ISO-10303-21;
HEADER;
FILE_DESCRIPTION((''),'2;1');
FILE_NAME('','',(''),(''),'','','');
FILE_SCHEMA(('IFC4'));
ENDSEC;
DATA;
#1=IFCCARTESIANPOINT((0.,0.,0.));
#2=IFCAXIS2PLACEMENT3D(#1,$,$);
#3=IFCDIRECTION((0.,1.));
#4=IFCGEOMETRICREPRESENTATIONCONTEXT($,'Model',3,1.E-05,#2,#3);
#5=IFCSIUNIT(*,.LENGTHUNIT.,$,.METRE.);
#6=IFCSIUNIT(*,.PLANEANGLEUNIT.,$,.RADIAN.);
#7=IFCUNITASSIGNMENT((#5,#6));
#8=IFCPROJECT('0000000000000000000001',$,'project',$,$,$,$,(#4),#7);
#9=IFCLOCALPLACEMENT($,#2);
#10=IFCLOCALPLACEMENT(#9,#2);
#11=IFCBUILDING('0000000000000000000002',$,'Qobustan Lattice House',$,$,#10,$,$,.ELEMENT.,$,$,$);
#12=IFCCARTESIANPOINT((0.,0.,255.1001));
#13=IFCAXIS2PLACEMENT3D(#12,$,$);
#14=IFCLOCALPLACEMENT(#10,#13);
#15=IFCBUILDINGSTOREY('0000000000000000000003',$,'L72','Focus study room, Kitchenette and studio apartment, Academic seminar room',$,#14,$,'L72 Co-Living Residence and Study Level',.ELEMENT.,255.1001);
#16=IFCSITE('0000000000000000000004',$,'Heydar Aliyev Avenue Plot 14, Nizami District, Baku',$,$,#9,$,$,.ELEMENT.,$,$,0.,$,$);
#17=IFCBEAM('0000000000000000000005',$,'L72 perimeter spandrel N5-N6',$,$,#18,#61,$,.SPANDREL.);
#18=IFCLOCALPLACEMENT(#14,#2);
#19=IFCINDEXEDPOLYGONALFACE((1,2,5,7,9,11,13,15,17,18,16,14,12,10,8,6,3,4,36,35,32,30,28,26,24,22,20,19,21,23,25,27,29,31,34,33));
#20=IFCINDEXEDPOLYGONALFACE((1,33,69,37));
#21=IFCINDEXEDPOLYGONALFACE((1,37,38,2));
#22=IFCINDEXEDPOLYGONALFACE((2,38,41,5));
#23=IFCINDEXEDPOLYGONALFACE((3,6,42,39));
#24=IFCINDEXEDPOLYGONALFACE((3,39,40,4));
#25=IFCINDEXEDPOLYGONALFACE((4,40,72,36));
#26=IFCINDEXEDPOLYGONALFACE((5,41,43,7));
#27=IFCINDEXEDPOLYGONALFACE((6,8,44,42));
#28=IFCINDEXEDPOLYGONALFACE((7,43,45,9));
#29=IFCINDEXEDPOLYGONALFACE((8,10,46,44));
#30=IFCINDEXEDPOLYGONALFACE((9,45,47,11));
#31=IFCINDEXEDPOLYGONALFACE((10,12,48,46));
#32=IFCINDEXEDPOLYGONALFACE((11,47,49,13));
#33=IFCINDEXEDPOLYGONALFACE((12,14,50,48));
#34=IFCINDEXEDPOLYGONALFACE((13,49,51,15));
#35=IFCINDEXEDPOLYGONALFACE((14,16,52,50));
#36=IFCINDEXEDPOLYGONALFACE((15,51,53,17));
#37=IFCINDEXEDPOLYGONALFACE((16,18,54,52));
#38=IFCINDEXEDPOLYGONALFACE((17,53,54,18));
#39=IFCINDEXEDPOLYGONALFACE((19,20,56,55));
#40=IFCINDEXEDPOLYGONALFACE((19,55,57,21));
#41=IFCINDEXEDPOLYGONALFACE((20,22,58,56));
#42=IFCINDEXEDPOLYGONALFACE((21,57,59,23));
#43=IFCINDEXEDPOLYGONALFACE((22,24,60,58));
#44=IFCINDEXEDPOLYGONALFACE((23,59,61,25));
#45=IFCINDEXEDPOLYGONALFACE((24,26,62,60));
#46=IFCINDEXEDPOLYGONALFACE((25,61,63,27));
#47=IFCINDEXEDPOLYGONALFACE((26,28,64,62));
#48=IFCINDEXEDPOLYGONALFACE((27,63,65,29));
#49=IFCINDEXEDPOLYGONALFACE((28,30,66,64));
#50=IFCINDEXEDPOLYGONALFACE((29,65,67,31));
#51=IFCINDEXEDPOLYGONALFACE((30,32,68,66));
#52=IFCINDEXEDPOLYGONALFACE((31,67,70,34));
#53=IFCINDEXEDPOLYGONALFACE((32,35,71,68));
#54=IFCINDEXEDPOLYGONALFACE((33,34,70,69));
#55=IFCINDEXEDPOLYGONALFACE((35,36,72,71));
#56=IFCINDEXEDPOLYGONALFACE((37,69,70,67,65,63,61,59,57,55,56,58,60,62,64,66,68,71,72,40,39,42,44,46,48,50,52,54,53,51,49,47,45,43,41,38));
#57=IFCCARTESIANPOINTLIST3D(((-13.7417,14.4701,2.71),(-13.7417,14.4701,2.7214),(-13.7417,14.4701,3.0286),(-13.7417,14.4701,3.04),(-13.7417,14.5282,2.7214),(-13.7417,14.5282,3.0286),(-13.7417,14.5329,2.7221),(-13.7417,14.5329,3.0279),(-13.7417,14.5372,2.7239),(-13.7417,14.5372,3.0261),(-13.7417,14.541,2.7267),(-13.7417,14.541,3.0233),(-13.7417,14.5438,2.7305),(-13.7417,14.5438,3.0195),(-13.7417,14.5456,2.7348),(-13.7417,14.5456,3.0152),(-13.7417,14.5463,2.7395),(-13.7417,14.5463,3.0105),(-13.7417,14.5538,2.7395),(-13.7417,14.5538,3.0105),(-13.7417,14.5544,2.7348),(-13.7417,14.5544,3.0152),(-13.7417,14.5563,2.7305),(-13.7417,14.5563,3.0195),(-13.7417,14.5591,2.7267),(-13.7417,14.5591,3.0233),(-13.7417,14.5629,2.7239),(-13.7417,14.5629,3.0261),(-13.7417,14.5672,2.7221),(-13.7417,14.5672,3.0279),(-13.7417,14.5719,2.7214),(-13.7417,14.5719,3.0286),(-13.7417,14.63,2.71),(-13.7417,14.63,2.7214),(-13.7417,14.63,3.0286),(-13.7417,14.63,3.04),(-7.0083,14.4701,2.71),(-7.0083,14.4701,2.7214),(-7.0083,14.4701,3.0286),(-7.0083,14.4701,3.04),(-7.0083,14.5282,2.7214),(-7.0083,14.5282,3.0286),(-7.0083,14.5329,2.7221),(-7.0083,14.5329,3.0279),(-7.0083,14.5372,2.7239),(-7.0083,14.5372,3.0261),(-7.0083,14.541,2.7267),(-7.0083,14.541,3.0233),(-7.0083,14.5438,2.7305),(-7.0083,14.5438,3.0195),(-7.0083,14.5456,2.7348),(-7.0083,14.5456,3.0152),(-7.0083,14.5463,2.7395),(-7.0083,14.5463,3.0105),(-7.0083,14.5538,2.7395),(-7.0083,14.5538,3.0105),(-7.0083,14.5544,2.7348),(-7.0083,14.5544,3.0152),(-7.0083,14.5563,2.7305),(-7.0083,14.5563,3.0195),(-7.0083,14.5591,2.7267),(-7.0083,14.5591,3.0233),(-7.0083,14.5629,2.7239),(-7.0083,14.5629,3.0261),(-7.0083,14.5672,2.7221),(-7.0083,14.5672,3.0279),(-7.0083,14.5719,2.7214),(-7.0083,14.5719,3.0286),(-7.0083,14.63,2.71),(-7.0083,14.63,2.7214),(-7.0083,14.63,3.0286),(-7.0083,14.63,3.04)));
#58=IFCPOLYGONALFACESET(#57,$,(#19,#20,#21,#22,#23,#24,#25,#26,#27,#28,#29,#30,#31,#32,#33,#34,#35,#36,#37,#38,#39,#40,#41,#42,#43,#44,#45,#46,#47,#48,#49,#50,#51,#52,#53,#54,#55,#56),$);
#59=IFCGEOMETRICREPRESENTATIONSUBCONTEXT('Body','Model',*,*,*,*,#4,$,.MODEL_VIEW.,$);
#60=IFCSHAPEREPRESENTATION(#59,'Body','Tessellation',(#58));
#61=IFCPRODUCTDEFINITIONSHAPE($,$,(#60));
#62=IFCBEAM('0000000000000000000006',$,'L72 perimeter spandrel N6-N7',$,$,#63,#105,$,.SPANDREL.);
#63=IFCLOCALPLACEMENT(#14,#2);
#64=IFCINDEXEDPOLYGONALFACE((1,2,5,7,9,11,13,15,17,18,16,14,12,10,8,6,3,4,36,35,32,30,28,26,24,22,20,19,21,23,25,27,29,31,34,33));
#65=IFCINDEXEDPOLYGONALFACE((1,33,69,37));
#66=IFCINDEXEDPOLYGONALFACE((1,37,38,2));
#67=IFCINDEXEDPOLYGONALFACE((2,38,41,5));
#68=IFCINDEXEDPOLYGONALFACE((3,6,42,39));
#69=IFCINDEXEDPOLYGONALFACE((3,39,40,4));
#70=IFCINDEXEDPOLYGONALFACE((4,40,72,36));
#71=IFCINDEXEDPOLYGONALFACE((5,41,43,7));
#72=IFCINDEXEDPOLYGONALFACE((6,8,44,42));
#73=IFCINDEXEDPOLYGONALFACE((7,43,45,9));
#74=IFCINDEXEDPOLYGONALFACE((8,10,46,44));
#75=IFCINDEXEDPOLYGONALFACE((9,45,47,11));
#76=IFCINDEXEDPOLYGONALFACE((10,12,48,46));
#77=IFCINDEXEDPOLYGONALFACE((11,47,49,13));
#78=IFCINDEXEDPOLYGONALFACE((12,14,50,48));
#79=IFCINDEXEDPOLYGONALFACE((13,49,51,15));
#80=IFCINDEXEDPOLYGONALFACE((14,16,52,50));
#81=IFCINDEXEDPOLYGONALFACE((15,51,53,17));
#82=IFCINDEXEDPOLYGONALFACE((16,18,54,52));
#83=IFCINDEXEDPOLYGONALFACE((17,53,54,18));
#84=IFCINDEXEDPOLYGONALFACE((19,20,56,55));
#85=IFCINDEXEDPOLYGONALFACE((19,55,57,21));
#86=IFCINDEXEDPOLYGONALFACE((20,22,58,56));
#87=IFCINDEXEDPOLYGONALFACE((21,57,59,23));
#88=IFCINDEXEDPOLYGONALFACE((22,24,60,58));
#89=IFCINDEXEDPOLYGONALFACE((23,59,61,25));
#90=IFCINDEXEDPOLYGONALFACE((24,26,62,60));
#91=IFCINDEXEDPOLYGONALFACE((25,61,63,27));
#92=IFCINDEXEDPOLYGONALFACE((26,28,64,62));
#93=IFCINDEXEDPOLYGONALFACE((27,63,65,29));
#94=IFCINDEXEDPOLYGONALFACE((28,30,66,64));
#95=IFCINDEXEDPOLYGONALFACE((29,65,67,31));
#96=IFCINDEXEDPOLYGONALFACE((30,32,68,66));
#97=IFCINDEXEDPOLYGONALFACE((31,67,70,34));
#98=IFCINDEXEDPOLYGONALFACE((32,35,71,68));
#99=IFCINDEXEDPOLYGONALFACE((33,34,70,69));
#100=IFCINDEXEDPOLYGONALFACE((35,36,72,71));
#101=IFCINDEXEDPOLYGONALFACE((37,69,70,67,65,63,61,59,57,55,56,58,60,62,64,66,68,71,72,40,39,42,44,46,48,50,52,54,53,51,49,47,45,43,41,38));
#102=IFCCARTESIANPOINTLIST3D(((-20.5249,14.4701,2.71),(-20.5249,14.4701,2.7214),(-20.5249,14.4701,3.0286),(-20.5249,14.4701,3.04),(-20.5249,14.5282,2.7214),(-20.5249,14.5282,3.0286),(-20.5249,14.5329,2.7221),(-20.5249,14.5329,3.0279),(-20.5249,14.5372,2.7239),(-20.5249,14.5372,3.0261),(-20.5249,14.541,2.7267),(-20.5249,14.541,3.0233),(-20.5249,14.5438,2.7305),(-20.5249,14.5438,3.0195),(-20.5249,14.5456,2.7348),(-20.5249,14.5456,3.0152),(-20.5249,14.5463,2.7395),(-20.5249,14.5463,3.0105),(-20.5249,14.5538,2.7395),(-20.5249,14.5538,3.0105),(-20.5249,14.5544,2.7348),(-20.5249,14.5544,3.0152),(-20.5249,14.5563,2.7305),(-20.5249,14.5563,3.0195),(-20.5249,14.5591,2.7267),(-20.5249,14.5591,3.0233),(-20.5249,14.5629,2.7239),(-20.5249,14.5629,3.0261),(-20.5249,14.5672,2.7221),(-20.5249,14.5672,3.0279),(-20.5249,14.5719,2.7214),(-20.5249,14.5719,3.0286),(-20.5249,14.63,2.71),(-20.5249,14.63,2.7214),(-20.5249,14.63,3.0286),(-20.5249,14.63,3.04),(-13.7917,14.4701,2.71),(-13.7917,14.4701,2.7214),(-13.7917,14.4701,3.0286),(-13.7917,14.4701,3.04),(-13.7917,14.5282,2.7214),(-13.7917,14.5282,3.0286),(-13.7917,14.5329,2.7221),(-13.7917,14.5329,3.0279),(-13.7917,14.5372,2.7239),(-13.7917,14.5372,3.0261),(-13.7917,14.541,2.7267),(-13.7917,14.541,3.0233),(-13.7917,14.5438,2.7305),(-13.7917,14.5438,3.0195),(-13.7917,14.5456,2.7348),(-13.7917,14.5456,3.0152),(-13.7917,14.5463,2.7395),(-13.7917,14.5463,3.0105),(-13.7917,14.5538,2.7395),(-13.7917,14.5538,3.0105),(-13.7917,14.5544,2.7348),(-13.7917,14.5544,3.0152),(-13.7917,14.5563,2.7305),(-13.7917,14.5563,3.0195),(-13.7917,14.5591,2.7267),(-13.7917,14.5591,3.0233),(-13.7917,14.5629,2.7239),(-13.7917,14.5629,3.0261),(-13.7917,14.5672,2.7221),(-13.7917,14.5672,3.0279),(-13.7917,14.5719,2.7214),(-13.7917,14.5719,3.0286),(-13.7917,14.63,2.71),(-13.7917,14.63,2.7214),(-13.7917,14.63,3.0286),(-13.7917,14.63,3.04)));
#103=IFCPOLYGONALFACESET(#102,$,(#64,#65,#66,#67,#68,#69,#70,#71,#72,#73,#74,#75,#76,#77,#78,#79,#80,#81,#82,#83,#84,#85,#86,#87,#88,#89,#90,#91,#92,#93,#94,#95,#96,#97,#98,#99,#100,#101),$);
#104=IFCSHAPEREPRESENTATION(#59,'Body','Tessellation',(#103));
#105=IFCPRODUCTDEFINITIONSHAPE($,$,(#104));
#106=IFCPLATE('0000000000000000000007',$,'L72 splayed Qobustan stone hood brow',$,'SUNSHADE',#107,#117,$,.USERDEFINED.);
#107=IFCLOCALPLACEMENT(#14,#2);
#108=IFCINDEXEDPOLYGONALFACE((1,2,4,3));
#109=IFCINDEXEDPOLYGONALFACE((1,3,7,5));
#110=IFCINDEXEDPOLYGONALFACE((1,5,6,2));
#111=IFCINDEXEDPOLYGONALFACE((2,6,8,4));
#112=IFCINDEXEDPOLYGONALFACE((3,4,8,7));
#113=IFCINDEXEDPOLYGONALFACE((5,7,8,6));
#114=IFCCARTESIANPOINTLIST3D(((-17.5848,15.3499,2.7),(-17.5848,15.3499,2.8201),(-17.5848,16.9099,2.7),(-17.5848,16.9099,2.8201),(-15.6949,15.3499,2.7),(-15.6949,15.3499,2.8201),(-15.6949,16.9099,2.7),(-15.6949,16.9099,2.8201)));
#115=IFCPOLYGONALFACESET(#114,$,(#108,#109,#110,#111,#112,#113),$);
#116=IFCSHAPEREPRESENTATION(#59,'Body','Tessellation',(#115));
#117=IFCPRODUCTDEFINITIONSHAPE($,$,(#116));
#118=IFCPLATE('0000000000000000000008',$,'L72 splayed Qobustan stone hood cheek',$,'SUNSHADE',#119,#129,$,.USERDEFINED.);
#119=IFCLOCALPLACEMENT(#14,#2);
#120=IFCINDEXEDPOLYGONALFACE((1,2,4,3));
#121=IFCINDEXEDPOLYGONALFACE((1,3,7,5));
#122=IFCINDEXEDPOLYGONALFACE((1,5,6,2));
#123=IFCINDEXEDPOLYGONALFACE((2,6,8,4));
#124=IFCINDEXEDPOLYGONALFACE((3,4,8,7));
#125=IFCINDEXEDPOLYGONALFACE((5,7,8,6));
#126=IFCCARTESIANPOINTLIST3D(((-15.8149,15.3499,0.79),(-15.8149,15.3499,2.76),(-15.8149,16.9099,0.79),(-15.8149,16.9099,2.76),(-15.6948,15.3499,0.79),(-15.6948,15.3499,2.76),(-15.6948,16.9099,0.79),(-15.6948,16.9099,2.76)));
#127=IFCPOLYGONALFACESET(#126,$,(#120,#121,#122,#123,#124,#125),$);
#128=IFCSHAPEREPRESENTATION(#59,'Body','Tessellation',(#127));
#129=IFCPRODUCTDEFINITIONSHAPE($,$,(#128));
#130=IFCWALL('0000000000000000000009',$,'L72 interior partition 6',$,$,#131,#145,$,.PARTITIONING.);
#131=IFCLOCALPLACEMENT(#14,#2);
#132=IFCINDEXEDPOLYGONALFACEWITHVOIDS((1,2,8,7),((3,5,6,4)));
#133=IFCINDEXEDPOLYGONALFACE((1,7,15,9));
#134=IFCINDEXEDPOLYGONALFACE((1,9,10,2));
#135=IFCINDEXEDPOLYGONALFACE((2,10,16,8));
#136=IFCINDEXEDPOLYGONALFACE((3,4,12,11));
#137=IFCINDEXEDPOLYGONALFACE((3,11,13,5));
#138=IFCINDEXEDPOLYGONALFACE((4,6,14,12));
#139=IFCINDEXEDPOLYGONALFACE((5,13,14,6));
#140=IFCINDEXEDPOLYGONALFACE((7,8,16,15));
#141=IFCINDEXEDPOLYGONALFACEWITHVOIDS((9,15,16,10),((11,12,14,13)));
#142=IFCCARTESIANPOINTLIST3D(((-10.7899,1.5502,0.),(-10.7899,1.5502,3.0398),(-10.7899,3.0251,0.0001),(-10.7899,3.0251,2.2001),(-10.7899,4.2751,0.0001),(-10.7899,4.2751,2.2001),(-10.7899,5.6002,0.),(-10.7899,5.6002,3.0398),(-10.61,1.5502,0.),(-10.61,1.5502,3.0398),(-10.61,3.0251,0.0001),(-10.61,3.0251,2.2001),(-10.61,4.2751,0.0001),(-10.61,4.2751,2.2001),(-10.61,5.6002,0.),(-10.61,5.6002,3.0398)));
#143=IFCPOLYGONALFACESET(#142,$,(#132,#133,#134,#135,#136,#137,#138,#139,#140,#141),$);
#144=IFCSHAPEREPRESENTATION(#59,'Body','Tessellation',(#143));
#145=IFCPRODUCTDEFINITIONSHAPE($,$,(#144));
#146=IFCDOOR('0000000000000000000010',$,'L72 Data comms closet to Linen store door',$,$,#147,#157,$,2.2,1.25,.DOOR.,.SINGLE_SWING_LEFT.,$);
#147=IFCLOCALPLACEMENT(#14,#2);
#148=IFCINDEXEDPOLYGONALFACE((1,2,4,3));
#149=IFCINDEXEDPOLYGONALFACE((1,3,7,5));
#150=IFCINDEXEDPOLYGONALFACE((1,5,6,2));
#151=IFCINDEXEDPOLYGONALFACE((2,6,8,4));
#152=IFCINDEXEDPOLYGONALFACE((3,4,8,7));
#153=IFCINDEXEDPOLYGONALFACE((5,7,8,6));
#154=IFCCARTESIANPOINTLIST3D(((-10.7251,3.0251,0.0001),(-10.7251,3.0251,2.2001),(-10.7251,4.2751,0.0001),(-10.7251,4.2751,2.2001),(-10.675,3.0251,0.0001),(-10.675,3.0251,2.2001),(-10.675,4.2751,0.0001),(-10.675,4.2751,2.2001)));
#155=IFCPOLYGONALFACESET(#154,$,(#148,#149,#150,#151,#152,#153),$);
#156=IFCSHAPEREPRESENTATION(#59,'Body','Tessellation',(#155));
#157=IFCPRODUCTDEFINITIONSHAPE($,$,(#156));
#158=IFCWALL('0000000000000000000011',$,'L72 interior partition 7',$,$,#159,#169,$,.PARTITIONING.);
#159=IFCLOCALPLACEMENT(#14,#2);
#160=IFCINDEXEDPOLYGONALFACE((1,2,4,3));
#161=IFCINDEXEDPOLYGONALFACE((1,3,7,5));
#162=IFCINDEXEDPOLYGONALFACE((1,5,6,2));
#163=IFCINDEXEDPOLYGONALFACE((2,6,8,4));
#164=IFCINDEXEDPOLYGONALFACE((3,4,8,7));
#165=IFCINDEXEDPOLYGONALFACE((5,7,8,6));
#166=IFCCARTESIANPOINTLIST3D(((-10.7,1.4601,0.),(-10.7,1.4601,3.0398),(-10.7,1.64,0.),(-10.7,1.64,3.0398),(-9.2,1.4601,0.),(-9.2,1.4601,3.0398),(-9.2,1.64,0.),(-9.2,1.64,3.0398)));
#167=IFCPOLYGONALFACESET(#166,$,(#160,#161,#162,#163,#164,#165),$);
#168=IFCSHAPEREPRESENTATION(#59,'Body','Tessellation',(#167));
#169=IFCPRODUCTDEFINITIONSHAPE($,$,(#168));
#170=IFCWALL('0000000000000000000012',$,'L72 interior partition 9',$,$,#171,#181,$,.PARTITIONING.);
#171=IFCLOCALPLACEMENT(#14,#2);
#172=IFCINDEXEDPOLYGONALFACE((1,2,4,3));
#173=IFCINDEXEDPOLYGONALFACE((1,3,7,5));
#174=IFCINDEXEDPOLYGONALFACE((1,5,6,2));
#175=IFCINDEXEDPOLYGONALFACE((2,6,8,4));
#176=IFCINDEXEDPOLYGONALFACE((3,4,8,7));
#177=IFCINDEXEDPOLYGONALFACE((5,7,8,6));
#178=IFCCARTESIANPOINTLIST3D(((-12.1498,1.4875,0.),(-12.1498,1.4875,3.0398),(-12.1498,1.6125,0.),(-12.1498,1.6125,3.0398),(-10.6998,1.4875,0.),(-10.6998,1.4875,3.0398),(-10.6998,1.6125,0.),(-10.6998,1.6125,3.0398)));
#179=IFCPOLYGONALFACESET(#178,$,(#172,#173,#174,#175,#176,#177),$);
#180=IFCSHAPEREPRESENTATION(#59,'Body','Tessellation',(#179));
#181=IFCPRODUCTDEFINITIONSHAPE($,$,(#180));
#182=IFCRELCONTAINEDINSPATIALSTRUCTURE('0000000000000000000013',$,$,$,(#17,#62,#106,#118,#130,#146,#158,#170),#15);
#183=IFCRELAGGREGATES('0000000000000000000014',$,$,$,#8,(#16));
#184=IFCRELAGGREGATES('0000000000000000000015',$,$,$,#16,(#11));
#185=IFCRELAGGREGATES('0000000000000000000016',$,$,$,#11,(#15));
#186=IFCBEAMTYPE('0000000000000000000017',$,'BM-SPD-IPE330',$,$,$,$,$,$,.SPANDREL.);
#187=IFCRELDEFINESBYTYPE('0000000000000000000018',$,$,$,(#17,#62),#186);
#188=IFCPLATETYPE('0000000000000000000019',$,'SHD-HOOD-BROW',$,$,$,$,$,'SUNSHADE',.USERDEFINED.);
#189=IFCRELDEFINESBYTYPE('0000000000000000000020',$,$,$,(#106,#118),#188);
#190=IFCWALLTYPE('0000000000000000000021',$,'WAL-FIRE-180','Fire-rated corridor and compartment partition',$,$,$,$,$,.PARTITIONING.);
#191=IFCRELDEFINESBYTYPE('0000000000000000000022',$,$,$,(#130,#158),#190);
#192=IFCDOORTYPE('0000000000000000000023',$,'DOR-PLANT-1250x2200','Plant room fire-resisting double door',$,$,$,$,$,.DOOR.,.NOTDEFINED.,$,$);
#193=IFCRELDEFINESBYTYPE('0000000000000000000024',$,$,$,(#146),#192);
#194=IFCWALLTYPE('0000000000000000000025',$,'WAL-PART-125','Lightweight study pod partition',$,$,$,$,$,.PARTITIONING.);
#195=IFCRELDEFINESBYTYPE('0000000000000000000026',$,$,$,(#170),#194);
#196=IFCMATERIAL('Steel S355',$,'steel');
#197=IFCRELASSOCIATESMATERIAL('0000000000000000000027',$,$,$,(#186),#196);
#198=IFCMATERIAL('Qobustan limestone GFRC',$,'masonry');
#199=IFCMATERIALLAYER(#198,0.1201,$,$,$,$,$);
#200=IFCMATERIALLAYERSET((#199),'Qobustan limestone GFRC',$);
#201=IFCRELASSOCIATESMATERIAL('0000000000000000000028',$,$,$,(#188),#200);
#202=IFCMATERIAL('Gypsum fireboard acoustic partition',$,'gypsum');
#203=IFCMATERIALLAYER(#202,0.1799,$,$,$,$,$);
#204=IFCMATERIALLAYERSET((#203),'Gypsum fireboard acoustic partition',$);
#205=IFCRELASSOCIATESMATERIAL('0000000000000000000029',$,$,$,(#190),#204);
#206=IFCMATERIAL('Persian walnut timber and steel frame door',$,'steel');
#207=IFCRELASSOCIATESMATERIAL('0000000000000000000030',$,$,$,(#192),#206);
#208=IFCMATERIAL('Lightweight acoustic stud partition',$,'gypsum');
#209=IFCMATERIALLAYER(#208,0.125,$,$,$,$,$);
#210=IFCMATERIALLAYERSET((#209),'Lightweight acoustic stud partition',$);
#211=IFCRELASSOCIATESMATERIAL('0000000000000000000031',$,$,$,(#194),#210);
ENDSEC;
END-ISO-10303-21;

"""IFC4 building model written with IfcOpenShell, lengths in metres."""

from ifc_helpers import new_model, si_unit, direction, frame, frame_2d, origin, origin_2d, place, context, subcontext, project, spatial, rectangle, i_section, extrude, material, layer, layer_set, material_profile, profile_set, type_object, element, fill, save


model = new_model("IFC4")

# Units and contexts
model_context = context("Model", 3, precision=1e-05, world=origin(), true_north=direction((0.0, 1.0)))
body_context = subcontext(model_context, "Body", "Model", "MODEL_VIEW")
ifc_project = project(units=[si_unit("LENGTHUNIT", "METRE"), si_unit("PLANEANGLEUNIT", "RADIAN")], contexts=[model_context])

# Site, building, storey
site_placement = place(None, origin())
site = spatial("IfcSite", under=ifc_project, at=site_placement, Name="Heydar Aliyev Avenue Plot 14, Nizami District, Baku", CompositionType="ELEMENT", RefElevation=0.0)
building_placement = place(site_placement, origin())
building = spatial("IfcBuilding", under=site, at=building_placement, Name="Qobustan Lattice House", CompositionType="ELEMENT")
storey_placement = place(building_placement, frame((0.0, 0.0, 255.1001)))
storey = spatial("IfcBuildingStorey", under=building, at=storey_placement, Name="L72", Description="Focus study room, Kitchenette and studio apartment, Academic seminar room", LongName="L72 Co-Living Residence and Study Level", CompositionType="ELEMENT", Elevation=255.1001)

# Beams
ifc_material_1 = material(Name="Steel S355", Category="steel")
ifc_material_profile_1 = material_profile(ifc_material_1, i_section(OverallWidth=0.1599, OverallDepth=0.3301, WebThickness=0.0076, FlangeThickness=0.0115, FilletRadius=0.0181, at=origin_2d()), Name="IPE330")
ifc_profile_set_1 = profile_set([ifc_material_profile_1], Name="Steel S355")
beam_type_1 = type_object("IfcBeamType", Name="BM-SPD-IPE330", PredefinedType="SPANDREL", material=ifc_profile_set_1)
beam_1_placement = place(storey_placement, frame((-7.0083, 14.55, 2.875), z_axis=(-1.0, 0.0, 0.0), x_axis=(0.0, -1.0, 0.0)))
element("IfcBeam", 1, at=beam_1_placement, inside=storey, type_object=beam_type_1, Name="L72 perimeter spandrel N5-N6", PredefinedType="SPANDREL", context=body_context, shape_type="SweptSolid", body=[
    extrude(i_section(OverallWidth=0.1599, OverallDepth=0.3301, WebThickness=0.0076, FlangeThickness=0.0115, FilletRadius=0.0181, at=origin_2d()), origin(), (0.0, 0.0, 1.0), 6.7334),
])
beam_2_placement = place(storey_placement, frame((-13.7917, 14.55, 2.875), z_axis=(-1.0, 0.0, 0.0), x_axis=(0.0, -1.0, 0.0)))
element("IfcBeam", 2, at=beam_2_placement, inside=storey, type_object=beam_type_1, Name="L72 perimeter spandrel N6-N7", PredefinedType="SPANDREL", context=body_context, shape_type="SweptSolid", body=[
    extrude(i_section(OverallWidth=0.1599, OverallDepth=0.3301, WebThickness=0.0076, FlangeThickness=0.0115, FilletRadius=0.0181, at=origin_2d()), origin(), (0.0, 0.0, 1.0), 6.7332),
])

# Plates
ifc_material_2 = material(Name="Qobustan limestone GFRC", Category="masonry")
ifc_layer_1 = layer(ifc_material_2, 0.1201)
ifc_layer_set_1 = layer_set([ifc_layer_1], Name="Qobustan limestone GFRC")
plate_type = type_object("IfcPlateType", Name="SHD-HOOD-BROW", ElementType="SUNSHADE", PredefinedType="USERDEFINED", material=ifc_layer_set_1)
plate_1_placement = place(storey_placement, frame((-16.6399, 16.1299, 2.7), z_axis=(0.0, 0.0, 1.0), x_axis=(1.0, 0.0, 0.0)))
element("IfcPlate", 3, at=plate_1_placement, inside=storey, type_object=plate_type, Name="L72 splayed Qobustan stone hood brow", ObjectType="SUNSHADE", PredefinedType="USERDEFINED", context=body_context, shape_type="SweptSolid", body=[
    extrude(rectangle(XDim=1.8899, YDim=1.5601, at=origin_2d()), origin(), (0.0, 0.0, 1.0), 0.1201),
])
plate_2_placement = place(storey_placement, frame((-15.7549, 16.1299, 0.79), z_axis=(0.0, 0.0, 1.0), x_axis=(1.0, 0.0, 0.0)))
element("IfcPlate", 4, at=plate_2_placement, inside=storey, type_object=plate_type, Name="L72 splayed Qobustan stone hood cheek", ObjectType="SUNSHADE", PredefinedType="USERDEFINED", context=body_context, shape_type="SweptSolid", body=[
    extrude(rectangle(XDim=0.1201, YDim=1.5601, at=origin_2d()), origin(), (0.0, 0.0, 1.0), 1.97),
])

# Wall, opening, door
ifc_material_3 = material(Name="Gypsum fireboard acoustic partition", Category="gypsum")
ifc_layer_2 = layer(ifc_material_3, 0.1799)
ifc_layer_set_2 = layer_set([ifc_layer_2], Name="Gypsum fireboard acoustic partition")
wall_type_1 = type_object("IfcWallType", Name="WAL-FIRE-180", Description="Fire-rated corridor and compartment partition", PredefinedType="PARTITIONING", material=ifc_layer_set_2)
wall_1_placement = place(storey_placement, frame((-10.7, 5.6001, 0.0), z_axis=(0.0, 0.0, 1.0), x_axis=(0.0, -1.0, 0.0)))
wall_1 = element("IfcWall", 5, at=wall_1_placement, inside=storey, type_object=wall_type_1, Name="L72 interior partition 6", PredefinedType="PARTITIONING", context=body_context, shape_type="SweptSolid", body=[
    extrude(rectangle(XDim=4.05, YDim=0.1799, at=frame_2d((2.0249, 0.0))), origin(), (0.0, 0.0, 1.0), 3.0398),
])
opening_1_placement = place(wall_1_placement, frame((1.325, 0.0, 0.0)))
opening_1 = element("IfcOpeningElement", 6, at=opening_1_placement, cuts=wall_1, PredefinedType="OPENING", context=body_context, shape_type="SweptSolid", body=[
    extrude(rectangle(XDim=1.25, YDim=2.2, at=frame_2d((0.625, 1.1001))), frame((0.0, 0.0999, 0.0), z_axis=(0.0, -1.0, 0.0), x_axis=(1.0, 0.0, 0.0)), (0.0, 0.0, 1.0), 0.2),
])
ifc_material_4 = material(Name="Persian walnut timber and steel frame door", Category="steel")
door_type_1 = type_object("IfcDoorType", Name="DOR-PLANT-1250x2200", Description="Plant room fire-resisting double door", OperationType="NOTDEFINED", PredefinedType="DOOR", material=ifc_material_4)
door_1_placement = place(opening_1_placement, origin())
door_1 = element("IfcDoor", 7, at=door_1_placement, inside=storey, type_object=door_type_1, Name="L72 Data comms closet to Linen store door", OperationType="SINGLE_SWING_LEFT", OverallHeight=2.2, OverallWidth=1.25, PredefinedType="DOOR", context=body_context, shape_type="SweptSolid", body=[
    extrude(rectangle(XDim=1.25, YDim=2.2, at=frame_2d((0.625, 1.1001))), frame((0.0, 0.0249, 0.0), z_axis=(0.0, -1.0, 0.0), x_axis=(1.0, 0.0, 0.0)), (0.0, 0.0, 1.0), 0.05),
])
fill(opening_1, door_1)

# Walls
wall_2_placement = place(storey_placement, frame((-10.7, 1.55, 0.0), z_axis=(0.0, 0.0, 1.0), x_axis=(1.0, 0.0, 0.0)))
element("IfcWall", 8, at=wall_2_placement, inside=storey, type_object=wall_type_1, Name="L72 interior partition 7", PredefinedType="PARTITIONING", context=body_context, shape_type="SweptSolid", body=[
    extrude(rectangle(XDim=1.5, YDim=0.1799, at=frame_2d((0.75, 0.0))), origin(), (0.0, 0.0, 1.0), 3.0398),
])
ifc_material_5 = material(Name="Lightweight acoustic stud partition", Category="gypsum")
ifc_layer_3 = layer(ifc_material_5, 0.125)
ifc_layer_set_3 = layer_set([ifc_layer_3], Name="Lightweight acoustic stud partition")
wall_type_2 = type_object("IfcWallType", Name="WAL-PART-125", Description="Lightweight study pod partition", PredefinedType="PARTITIONING", material=ifc_layer_set_3)
wall_3_placement = place(storey_placement, frame((-12.1499, 1.55, 0.0), z_axis=(0.0, 0.0, 1.0), x_axis=(1.0, 0.0, 0.0)))
element("IfcWall", 9, at=wall_3_placement, inside=storey, type_object=wall_type_2, Name="L72 interior partition 9", PredefinedType="PARTITIONING", context=body_context, shape_type="SweptSolid", body=[
    extrude(rectangle(XDim=1.45, YDim=0.125, at=frame_2d((0.7251, 0.0))), origin(), (0.0, 0.0, 1.0), 3.0398),
])

save(model, "model.ifc")
